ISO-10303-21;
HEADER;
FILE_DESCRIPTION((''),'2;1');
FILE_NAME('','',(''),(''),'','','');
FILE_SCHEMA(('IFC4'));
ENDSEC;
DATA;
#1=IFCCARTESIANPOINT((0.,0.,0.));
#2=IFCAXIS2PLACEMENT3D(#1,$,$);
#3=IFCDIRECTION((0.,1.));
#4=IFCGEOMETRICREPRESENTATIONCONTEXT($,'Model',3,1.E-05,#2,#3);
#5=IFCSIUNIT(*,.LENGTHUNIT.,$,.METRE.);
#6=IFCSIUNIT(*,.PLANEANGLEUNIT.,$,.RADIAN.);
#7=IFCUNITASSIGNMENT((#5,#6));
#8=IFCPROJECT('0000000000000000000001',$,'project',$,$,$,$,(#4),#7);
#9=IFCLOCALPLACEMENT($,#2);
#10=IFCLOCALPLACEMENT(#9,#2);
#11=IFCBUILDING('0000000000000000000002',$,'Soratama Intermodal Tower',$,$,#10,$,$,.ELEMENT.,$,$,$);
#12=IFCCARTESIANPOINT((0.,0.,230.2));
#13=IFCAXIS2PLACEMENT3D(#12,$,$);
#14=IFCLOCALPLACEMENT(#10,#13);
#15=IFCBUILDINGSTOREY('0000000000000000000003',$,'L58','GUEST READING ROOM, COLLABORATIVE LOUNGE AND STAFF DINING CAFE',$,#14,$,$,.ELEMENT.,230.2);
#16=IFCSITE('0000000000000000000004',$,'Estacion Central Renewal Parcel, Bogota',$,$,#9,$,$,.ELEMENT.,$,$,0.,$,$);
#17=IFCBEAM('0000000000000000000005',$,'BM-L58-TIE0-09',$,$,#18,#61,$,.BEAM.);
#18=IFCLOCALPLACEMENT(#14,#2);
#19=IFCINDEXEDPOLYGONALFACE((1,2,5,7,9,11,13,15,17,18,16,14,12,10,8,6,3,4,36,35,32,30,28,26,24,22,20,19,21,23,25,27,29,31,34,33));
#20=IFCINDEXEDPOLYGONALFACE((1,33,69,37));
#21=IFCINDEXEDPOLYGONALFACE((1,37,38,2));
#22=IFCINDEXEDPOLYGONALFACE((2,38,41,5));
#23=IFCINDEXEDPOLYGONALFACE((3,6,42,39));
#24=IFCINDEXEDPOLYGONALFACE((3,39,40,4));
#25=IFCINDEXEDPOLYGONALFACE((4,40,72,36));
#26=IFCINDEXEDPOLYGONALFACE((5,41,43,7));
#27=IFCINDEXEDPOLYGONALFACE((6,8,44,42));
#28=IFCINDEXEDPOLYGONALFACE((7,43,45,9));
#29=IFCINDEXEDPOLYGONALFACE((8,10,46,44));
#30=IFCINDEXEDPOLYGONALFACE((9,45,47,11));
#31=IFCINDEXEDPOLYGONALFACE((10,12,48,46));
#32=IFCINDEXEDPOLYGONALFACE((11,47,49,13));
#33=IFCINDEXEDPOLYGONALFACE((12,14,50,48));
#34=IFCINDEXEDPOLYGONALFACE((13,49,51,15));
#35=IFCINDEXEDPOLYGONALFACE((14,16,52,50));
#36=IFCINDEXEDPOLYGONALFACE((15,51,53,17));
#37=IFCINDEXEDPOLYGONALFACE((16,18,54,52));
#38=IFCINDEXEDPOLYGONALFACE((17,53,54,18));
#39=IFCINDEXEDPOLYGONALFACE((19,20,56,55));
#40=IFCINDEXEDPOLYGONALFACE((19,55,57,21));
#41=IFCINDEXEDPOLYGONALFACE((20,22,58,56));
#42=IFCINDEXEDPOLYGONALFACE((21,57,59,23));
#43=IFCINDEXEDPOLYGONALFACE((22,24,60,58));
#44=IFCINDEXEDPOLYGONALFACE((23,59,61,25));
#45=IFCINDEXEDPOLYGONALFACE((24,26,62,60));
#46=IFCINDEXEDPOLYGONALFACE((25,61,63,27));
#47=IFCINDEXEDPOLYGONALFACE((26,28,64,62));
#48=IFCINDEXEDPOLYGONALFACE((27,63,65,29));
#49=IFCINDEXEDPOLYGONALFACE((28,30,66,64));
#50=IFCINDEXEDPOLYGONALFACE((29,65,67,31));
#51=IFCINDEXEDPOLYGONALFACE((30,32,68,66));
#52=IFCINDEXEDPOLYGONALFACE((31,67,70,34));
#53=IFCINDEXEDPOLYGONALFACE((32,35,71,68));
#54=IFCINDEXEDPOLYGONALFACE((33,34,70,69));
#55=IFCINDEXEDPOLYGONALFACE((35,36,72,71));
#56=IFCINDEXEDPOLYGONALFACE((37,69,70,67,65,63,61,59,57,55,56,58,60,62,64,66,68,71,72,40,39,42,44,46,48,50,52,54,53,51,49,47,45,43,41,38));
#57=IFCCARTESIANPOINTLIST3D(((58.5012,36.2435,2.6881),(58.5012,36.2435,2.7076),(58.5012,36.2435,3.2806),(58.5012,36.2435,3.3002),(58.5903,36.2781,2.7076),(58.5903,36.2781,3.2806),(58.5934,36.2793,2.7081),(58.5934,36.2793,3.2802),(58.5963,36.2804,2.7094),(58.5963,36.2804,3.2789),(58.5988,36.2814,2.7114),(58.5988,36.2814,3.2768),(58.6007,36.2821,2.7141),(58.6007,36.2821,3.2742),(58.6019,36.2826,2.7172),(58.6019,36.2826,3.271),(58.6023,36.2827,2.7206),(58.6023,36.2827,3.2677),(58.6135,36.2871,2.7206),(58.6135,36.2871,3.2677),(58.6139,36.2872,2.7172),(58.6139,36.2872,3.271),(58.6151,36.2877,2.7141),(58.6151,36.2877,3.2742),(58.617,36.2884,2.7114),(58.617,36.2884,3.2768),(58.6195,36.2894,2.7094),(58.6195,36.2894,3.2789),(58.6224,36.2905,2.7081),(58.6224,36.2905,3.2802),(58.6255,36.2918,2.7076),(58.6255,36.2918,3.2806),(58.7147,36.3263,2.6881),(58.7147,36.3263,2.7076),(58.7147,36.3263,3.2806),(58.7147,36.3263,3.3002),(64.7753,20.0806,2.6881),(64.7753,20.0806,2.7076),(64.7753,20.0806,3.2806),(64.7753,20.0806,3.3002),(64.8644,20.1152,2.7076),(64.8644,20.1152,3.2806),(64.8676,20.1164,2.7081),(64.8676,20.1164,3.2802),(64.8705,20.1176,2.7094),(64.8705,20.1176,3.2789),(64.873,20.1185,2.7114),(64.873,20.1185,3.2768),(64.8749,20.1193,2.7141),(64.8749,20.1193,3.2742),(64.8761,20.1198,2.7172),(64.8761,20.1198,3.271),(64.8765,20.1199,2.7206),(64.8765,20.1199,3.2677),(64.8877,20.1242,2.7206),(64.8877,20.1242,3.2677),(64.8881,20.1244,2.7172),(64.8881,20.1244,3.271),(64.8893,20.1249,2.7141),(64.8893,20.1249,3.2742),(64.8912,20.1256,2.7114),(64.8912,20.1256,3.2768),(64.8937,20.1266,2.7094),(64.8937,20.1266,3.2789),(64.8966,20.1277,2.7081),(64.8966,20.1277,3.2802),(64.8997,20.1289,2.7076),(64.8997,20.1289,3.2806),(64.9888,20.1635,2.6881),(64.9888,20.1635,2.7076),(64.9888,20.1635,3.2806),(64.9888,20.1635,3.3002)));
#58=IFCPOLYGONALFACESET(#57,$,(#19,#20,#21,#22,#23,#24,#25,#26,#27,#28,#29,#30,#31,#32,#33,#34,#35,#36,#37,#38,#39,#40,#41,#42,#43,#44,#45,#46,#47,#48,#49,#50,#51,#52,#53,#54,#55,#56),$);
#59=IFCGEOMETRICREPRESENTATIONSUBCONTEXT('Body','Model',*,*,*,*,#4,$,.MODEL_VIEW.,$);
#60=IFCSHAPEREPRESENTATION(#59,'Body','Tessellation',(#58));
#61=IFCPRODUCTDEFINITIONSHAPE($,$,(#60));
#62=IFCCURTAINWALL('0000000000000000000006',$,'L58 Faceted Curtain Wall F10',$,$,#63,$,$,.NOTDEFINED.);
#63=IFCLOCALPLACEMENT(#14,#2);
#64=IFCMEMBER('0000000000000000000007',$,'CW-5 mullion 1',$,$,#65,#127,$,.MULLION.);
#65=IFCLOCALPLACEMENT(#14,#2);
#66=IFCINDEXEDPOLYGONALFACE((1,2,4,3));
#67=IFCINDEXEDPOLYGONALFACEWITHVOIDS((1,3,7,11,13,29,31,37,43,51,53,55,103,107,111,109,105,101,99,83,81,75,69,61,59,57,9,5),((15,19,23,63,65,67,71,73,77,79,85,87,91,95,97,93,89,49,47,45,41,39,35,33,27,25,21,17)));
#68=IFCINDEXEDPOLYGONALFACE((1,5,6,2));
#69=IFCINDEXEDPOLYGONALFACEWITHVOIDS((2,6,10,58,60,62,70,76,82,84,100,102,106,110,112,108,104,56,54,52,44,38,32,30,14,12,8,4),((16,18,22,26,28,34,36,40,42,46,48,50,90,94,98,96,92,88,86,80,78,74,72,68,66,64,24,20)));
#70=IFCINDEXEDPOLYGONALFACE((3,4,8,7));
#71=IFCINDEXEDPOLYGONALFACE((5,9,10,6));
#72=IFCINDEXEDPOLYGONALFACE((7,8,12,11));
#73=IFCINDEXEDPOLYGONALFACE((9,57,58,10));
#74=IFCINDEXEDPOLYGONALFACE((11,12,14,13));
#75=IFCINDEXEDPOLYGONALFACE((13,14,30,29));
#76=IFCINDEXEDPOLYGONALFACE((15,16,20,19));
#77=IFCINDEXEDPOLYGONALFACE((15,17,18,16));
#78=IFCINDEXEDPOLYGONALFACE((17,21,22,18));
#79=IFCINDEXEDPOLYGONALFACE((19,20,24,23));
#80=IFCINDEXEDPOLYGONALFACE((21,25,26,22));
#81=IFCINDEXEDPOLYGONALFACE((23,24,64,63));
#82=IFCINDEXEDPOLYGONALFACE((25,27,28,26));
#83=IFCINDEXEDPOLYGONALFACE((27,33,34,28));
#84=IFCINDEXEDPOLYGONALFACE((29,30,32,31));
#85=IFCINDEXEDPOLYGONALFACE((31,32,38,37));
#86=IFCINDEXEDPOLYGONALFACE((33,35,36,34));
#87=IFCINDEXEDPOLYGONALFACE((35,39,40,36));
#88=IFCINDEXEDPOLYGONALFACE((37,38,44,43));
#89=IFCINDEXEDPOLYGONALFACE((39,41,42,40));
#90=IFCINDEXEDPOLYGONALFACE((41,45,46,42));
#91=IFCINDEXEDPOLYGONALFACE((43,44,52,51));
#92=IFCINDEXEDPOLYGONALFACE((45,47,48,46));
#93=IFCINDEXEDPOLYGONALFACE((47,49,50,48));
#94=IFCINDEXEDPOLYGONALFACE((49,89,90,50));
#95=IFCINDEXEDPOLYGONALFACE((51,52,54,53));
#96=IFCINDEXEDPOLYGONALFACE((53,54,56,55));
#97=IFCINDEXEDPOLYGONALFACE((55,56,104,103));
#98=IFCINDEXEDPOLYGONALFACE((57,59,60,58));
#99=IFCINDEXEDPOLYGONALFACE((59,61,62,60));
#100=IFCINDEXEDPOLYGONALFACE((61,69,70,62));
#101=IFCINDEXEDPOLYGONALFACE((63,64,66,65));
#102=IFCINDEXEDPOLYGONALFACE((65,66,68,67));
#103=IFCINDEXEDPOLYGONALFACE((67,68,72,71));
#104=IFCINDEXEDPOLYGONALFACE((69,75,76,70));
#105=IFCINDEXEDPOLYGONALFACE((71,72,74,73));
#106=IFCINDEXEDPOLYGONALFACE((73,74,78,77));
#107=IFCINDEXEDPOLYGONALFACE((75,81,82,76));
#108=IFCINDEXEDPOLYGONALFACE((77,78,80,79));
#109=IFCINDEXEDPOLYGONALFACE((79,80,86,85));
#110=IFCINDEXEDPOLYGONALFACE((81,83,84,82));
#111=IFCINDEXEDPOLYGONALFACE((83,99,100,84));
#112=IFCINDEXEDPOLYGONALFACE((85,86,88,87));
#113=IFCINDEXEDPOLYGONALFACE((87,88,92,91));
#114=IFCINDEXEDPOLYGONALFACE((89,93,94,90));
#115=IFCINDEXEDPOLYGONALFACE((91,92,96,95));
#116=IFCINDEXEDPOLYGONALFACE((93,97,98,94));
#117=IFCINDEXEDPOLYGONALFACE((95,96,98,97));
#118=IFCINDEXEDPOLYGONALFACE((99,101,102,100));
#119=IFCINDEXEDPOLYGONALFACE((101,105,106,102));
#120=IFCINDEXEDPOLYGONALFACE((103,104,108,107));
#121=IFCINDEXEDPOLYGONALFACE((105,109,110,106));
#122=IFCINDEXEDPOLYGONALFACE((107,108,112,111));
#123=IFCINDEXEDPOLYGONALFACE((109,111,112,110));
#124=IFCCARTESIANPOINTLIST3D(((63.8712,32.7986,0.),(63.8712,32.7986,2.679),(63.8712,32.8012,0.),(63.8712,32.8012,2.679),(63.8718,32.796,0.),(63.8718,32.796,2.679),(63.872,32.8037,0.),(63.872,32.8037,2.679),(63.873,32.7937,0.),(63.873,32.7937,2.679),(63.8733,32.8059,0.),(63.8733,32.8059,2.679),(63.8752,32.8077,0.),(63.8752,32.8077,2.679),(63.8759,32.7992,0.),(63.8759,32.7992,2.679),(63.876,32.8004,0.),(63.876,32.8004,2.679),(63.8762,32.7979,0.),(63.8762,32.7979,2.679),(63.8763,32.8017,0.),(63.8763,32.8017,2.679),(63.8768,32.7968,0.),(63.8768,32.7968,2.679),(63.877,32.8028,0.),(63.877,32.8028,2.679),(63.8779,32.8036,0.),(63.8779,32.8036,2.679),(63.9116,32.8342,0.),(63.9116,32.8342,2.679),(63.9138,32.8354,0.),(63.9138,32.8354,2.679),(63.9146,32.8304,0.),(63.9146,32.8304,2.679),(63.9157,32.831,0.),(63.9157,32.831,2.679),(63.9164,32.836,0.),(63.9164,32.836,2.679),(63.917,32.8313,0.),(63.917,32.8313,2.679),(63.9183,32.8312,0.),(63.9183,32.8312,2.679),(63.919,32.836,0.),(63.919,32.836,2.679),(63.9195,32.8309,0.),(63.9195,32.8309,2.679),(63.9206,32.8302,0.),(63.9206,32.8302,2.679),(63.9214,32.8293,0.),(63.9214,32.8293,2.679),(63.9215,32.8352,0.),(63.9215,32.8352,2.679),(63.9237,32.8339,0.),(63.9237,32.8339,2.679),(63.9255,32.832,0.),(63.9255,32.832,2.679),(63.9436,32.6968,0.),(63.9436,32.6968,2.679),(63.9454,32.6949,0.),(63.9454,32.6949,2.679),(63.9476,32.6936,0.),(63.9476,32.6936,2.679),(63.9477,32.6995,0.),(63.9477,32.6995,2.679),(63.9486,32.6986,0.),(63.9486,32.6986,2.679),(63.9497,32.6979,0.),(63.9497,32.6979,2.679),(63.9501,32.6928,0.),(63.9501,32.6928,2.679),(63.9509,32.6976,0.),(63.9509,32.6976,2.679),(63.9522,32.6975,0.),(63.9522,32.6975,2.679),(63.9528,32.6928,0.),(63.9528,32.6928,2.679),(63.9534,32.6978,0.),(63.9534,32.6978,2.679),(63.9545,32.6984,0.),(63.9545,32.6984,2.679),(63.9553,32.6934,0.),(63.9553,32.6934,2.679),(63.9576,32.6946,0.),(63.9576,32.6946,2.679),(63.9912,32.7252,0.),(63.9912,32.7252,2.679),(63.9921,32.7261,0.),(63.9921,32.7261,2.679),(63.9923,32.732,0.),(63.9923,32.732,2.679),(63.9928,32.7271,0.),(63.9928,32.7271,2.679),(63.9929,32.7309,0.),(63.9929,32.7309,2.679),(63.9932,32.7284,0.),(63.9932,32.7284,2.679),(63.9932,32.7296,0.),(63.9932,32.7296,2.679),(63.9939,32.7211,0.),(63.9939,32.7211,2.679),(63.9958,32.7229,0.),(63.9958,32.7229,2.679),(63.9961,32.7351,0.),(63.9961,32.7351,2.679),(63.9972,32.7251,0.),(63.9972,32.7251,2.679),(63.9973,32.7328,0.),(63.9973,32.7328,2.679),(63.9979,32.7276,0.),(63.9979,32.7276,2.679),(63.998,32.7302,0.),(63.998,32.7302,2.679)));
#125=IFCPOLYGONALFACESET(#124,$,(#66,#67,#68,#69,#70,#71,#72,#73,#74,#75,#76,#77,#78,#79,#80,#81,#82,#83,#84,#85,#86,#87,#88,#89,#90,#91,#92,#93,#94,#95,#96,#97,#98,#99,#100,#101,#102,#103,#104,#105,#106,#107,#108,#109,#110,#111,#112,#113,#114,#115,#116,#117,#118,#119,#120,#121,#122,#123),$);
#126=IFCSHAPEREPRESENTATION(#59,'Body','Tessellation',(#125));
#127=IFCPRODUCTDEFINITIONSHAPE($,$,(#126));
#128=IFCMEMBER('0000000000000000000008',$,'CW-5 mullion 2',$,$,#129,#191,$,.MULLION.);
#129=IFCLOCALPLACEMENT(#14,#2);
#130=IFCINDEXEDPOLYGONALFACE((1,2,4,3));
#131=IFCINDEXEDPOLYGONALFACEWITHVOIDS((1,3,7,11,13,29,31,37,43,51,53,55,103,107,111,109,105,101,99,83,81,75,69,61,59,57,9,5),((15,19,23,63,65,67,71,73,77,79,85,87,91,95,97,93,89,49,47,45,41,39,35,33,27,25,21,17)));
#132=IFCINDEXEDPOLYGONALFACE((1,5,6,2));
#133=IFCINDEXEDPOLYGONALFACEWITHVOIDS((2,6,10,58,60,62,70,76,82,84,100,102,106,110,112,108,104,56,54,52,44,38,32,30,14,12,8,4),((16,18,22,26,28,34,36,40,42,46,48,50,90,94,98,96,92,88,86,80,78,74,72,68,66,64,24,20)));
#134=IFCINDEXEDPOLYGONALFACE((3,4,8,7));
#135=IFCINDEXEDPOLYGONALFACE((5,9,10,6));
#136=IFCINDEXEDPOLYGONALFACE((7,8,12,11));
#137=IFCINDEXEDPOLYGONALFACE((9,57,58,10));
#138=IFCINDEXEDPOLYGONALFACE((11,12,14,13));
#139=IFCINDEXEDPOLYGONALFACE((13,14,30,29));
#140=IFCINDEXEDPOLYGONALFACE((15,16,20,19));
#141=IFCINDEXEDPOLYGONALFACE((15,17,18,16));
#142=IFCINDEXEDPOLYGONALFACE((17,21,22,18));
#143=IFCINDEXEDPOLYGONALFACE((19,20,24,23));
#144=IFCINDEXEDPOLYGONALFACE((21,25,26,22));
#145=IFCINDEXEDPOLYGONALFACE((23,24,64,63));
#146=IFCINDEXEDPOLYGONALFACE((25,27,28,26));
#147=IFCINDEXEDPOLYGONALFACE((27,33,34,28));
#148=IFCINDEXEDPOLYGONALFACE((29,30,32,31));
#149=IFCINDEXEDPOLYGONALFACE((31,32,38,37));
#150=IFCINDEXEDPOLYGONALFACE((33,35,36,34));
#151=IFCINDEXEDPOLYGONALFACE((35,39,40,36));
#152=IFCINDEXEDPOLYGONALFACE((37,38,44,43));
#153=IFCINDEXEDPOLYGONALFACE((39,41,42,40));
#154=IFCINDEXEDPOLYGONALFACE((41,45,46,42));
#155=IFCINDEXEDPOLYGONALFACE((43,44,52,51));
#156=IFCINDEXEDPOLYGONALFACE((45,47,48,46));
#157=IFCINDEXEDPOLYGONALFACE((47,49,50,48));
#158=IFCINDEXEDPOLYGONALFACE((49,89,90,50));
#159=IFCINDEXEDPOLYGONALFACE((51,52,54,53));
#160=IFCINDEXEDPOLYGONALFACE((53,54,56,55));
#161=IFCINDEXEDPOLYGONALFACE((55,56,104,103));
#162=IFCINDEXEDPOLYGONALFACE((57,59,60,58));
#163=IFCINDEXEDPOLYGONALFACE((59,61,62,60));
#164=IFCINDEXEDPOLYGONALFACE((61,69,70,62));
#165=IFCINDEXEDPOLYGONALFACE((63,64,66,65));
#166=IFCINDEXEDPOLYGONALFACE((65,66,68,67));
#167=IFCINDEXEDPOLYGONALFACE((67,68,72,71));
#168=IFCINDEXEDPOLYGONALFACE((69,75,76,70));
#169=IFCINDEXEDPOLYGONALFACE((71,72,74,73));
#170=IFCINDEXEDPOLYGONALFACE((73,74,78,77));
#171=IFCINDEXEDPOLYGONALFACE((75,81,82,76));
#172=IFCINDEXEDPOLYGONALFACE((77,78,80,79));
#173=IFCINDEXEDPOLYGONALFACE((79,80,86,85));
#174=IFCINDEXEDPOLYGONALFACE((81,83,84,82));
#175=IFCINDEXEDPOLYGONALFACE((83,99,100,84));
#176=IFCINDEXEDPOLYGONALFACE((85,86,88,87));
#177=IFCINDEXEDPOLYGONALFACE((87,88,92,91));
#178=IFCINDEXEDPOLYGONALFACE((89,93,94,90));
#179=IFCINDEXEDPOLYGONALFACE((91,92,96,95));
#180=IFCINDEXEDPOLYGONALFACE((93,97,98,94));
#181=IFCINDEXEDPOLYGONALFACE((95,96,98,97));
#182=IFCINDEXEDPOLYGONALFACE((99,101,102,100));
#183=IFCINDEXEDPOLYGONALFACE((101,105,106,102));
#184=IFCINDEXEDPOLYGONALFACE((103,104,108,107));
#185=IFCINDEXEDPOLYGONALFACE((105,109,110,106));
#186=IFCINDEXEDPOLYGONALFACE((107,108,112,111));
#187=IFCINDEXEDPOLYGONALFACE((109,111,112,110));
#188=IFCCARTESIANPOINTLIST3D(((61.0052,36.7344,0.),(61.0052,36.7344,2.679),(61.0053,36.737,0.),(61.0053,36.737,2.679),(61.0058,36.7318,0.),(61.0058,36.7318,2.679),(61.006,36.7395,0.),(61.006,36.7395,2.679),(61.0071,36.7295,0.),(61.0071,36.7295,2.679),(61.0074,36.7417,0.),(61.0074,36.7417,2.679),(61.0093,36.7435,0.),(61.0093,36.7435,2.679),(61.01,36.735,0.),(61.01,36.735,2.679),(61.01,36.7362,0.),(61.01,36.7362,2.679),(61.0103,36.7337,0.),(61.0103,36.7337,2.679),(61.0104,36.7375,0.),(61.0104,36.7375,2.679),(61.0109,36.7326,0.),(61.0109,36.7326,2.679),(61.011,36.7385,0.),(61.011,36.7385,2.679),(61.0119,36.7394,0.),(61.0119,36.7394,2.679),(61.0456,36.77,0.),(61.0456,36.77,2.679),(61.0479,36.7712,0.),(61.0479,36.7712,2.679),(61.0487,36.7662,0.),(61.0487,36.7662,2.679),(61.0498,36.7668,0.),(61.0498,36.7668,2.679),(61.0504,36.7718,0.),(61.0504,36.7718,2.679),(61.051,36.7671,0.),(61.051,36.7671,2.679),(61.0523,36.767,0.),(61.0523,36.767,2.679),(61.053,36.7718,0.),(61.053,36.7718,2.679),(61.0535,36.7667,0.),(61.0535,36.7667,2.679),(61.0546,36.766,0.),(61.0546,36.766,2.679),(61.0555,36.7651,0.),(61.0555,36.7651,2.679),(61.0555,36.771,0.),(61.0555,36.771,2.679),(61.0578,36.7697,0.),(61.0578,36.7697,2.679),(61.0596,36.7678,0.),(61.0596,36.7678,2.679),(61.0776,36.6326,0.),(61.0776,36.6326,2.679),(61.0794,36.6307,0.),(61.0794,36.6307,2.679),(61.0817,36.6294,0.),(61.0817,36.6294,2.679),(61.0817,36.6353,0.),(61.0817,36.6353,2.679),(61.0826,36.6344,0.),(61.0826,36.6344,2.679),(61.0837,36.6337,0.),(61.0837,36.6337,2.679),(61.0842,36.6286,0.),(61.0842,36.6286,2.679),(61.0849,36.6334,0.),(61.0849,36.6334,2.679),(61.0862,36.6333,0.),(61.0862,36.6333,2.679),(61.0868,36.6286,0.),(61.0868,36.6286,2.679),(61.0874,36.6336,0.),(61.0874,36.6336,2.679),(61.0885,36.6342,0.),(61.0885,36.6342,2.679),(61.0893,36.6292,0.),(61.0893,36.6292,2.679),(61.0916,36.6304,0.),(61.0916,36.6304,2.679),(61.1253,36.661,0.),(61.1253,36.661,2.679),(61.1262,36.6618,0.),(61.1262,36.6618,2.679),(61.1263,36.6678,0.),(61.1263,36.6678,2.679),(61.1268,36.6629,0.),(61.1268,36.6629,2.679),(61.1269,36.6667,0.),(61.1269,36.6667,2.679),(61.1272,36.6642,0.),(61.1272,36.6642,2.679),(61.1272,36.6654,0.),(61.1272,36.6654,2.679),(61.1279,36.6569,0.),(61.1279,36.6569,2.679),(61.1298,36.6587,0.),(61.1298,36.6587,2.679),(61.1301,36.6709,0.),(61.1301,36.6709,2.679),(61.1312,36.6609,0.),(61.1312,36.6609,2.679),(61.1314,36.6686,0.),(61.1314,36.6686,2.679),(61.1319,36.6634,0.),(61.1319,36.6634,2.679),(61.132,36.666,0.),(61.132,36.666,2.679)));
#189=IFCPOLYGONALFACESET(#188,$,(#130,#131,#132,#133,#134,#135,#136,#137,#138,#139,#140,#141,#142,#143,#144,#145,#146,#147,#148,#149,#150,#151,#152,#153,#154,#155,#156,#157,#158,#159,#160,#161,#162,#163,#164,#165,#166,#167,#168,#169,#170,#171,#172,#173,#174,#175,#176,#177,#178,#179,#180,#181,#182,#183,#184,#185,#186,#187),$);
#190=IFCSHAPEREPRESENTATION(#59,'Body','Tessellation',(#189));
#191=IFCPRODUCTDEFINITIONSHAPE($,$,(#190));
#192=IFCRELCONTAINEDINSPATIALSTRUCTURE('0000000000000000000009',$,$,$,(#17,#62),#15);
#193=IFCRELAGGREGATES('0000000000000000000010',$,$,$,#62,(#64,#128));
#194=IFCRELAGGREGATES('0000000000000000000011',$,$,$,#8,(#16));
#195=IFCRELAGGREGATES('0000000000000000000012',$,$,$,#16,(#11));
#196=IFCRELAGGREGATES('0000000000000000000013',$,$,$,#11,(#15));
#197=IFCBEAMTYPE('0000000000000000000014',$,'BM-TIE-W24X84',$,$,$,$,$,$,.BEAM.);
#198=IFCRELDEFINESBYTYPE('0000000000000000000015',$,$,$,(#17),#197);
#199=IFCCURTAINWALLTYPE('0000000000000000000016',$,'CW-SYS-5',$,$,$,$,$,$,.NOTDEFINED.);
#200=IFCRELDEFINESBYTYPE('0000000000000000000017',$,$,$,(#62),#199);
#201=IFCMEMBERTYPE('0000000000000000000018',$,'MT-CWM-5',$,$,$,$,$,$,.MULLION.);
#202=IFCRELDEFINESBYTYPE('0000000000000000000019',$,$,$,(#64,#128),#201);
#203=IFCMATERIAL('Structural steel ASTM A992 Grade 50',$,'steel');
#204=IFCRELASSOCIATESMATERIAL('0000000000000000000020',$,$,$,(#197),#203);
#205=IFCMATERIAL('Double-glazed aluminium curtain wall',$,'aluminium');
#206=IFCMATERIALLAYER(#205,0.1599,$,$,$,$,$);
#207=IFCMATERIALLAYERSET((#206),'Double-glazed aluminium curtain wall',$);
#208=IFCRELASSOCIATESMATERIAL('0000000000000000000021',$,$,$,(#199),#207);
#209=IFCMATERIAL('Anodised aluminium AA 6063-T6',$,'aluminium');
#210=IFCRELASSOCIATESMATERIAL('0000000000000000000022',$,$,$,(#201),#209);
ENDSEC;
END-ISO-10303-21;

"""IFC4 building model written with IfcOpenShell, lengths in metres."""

from ifc_helpers import new_model, si_unit, direction, frame, origin, origin_2d, place, context, subcontext, project, spatial, hollow_rectangle, i_section, extrude, material, layer, layer_set, material_profile, profile_set, type_object, element, aggregate, save


model = new_model("IFC4")

# Units and contexts
model_context = context("Model", 3, precision=1e-05, world=origin(), true_north=direction((0.0, 1.0)))
body_context = subcontext(model_context, "Body", "Model", "MODEL_VIEW")
ifc_project = project(units=[si_unit("LENGTHUNIT", "METRE"), si_unit("PLANEANGLEUNIT", "RADIAN")], contexts=[model_context])

# Site, building, storey
site_placement = place(None, origin())
site = spatial("IfcSite", under=ifc_project, at=site_placement, Name="Estacion Central Renewal Parcel, Bogota", CompositionType="ELEMENT", RefElevation=0.0)
building_placement = place(site_placement, origin())
building = spatial("IfcBuilding", under=site, at=building_placement, Name="Soratama Intermodal Tower", CompositionType="ELEMENT")
storey_placement = place(building_placement, frame((0.0, 0.0, 230.2)))
storey = spatial("IfcBuildingStorey", under=building, at=storey_placement, Name="L58", Description="GUEST READING ROOM, COLLABORATIVE LOUNGE AND STAFF DINING CAFE", CompositionType="ELEMENT", Elevation=230.2)

# Beam
ifc_material_1 = material(Name="Structural steel ASTM A992 Grade 50", Category="steel")
ifc_material_profile_1 = material_profile(ifc_material_1, i_section(OverallWidth=0.229, OverallDepth=0.6121, WebThickness=0.012, FlangeThickness=0.0195, FilletRadius=0.0129, at=origin_2d()), Name="W24X84")
ifc_profile_set_1 = profile_set([ifc_material_profile_1], Name="Structural steel ASTM A992 Grade 50")
beam_type_1 = type_object("IfcBeamType", Name="BM-TIE-W24X84", PredefinedType="BEAM", material=ifc_profile_set_1)
beam_1_placement = place(storey_placement, frame((58.6079, 36.2849, 2.9941), z_axis=(0.361876, -0.932226, 0.0), x_axis=(0.932226, 0.361876, 0.0)))
element("IfcBeam", 1, at=beam_1_placement, inside=storey, type_object=beam_type_1, Name="BM-L58-TIE0-09", PredefinedType="BEAM", context=body_context, shape_type="SweptSolid", body=[
    extrude(i_section(OverallWidth=0.229, OverallDepth=0.6121, WebThickness=0.012, FlangeThickness=0.0195, FilletRadius=0.0129, at=origin_2d()), origin(), (0.0, 0.0, 1.0), 17.3379),
])

# Curtain wall, members
ifc_material_2 = material(Name="Double-glazed aluminium curtain wall", Category="aluminium")
ifc_layer_1 = layer(ifc_material_2, 0.1599)
ifc_layer_set_1 = layer_set([ifc_layer_1], Name="Double-glazed aluminium curtain wall")
curtain_wall_type = type_object("IfcCurtainWallType", Name="CW-SYS-5", PredefinedType="NOTDEFINED", material=ifc_layer_set_1)
curtain_wall_placement = place(storey_placement, origin())
curtain_wall = element("IfcCurtainWall", 2, at=curtain_wall_placement, inside=storey, type_object=curtain_wall_type, Name="L58 Faceted Curtain Wall F10", PredefinedType="NOTDEFINED")
ifc_material_3 = material(Name="Anodised aluminium AA 6063-T6", Category="aluminium")
ifc_material_profile_2 = material_profile(ifc_material_3, hollow_rectangle(XDim=0.0649, YDim=0.1399, WallThickness=0.0049, InnerFilletRadius=0.0049, OuterFilletRadius=0.01, at=origin_2d()), Name="CWM140X65X5")
ifc_profile_set_2 = profile_set([ifc_material_profile_2], Name="Anodised aluminium AA 6063-T6")
member_type_1 = type_object("IfcMemberType", Name="MT-CWM-5", PredefinedType="MULLION", material=ifc_profile_set_2)
member_1_placement = place(storey_placement, frame((63.9346, 32.7644, 0.0), z_axis=(0.0, 0.0, 1.0), x_axis=(-0.808396, -0.588639, 0.0)))
member_1 = element("IfcMember", 3, at=member_1_placement, type_object=member_type_1, Name="CW-5 mullion 1", PredefinedType="MULLION", context=body_context, shape_type="SweptSolid", body=[
    extrude(hollow_rectangle(XDim=0.0649, YDim=0.1399, WallThickness=0.0049, InnerFilletRadius=0.0049, OuterFilletRadius=0.01, at=origin_2d()), origin(), (0.0, 0.0, 1.0), 2.679),
])
member_2_placement = place(storey_placement, frame((61.0686, 36.7002, 0.0), z_axis=(0.0, 0.0, 1.0), x_axis=(-0.808396, -0.588639, 0.0)))
member_2 = element("IfcMember", 4, at=member_2_placement, type_object=member_type_1, Name="CW-5 mullion 2", PredefinedType="MULLION", context=body_context, shape_type="SweptSolid", body=[
    extrude(hollow_rectangle(XDim=0.0649, YDim=0.1399, WallThickness=0.0049, InnerFilletRadius=0.0049, OuterFilletRadius=0.01, at=origin_2d()), origin(), (0.0, 0.0, 1.0), 2.679),
])
aggregate(curtain_wall, [member_1, member_2])

save(model, "model.ifc")
